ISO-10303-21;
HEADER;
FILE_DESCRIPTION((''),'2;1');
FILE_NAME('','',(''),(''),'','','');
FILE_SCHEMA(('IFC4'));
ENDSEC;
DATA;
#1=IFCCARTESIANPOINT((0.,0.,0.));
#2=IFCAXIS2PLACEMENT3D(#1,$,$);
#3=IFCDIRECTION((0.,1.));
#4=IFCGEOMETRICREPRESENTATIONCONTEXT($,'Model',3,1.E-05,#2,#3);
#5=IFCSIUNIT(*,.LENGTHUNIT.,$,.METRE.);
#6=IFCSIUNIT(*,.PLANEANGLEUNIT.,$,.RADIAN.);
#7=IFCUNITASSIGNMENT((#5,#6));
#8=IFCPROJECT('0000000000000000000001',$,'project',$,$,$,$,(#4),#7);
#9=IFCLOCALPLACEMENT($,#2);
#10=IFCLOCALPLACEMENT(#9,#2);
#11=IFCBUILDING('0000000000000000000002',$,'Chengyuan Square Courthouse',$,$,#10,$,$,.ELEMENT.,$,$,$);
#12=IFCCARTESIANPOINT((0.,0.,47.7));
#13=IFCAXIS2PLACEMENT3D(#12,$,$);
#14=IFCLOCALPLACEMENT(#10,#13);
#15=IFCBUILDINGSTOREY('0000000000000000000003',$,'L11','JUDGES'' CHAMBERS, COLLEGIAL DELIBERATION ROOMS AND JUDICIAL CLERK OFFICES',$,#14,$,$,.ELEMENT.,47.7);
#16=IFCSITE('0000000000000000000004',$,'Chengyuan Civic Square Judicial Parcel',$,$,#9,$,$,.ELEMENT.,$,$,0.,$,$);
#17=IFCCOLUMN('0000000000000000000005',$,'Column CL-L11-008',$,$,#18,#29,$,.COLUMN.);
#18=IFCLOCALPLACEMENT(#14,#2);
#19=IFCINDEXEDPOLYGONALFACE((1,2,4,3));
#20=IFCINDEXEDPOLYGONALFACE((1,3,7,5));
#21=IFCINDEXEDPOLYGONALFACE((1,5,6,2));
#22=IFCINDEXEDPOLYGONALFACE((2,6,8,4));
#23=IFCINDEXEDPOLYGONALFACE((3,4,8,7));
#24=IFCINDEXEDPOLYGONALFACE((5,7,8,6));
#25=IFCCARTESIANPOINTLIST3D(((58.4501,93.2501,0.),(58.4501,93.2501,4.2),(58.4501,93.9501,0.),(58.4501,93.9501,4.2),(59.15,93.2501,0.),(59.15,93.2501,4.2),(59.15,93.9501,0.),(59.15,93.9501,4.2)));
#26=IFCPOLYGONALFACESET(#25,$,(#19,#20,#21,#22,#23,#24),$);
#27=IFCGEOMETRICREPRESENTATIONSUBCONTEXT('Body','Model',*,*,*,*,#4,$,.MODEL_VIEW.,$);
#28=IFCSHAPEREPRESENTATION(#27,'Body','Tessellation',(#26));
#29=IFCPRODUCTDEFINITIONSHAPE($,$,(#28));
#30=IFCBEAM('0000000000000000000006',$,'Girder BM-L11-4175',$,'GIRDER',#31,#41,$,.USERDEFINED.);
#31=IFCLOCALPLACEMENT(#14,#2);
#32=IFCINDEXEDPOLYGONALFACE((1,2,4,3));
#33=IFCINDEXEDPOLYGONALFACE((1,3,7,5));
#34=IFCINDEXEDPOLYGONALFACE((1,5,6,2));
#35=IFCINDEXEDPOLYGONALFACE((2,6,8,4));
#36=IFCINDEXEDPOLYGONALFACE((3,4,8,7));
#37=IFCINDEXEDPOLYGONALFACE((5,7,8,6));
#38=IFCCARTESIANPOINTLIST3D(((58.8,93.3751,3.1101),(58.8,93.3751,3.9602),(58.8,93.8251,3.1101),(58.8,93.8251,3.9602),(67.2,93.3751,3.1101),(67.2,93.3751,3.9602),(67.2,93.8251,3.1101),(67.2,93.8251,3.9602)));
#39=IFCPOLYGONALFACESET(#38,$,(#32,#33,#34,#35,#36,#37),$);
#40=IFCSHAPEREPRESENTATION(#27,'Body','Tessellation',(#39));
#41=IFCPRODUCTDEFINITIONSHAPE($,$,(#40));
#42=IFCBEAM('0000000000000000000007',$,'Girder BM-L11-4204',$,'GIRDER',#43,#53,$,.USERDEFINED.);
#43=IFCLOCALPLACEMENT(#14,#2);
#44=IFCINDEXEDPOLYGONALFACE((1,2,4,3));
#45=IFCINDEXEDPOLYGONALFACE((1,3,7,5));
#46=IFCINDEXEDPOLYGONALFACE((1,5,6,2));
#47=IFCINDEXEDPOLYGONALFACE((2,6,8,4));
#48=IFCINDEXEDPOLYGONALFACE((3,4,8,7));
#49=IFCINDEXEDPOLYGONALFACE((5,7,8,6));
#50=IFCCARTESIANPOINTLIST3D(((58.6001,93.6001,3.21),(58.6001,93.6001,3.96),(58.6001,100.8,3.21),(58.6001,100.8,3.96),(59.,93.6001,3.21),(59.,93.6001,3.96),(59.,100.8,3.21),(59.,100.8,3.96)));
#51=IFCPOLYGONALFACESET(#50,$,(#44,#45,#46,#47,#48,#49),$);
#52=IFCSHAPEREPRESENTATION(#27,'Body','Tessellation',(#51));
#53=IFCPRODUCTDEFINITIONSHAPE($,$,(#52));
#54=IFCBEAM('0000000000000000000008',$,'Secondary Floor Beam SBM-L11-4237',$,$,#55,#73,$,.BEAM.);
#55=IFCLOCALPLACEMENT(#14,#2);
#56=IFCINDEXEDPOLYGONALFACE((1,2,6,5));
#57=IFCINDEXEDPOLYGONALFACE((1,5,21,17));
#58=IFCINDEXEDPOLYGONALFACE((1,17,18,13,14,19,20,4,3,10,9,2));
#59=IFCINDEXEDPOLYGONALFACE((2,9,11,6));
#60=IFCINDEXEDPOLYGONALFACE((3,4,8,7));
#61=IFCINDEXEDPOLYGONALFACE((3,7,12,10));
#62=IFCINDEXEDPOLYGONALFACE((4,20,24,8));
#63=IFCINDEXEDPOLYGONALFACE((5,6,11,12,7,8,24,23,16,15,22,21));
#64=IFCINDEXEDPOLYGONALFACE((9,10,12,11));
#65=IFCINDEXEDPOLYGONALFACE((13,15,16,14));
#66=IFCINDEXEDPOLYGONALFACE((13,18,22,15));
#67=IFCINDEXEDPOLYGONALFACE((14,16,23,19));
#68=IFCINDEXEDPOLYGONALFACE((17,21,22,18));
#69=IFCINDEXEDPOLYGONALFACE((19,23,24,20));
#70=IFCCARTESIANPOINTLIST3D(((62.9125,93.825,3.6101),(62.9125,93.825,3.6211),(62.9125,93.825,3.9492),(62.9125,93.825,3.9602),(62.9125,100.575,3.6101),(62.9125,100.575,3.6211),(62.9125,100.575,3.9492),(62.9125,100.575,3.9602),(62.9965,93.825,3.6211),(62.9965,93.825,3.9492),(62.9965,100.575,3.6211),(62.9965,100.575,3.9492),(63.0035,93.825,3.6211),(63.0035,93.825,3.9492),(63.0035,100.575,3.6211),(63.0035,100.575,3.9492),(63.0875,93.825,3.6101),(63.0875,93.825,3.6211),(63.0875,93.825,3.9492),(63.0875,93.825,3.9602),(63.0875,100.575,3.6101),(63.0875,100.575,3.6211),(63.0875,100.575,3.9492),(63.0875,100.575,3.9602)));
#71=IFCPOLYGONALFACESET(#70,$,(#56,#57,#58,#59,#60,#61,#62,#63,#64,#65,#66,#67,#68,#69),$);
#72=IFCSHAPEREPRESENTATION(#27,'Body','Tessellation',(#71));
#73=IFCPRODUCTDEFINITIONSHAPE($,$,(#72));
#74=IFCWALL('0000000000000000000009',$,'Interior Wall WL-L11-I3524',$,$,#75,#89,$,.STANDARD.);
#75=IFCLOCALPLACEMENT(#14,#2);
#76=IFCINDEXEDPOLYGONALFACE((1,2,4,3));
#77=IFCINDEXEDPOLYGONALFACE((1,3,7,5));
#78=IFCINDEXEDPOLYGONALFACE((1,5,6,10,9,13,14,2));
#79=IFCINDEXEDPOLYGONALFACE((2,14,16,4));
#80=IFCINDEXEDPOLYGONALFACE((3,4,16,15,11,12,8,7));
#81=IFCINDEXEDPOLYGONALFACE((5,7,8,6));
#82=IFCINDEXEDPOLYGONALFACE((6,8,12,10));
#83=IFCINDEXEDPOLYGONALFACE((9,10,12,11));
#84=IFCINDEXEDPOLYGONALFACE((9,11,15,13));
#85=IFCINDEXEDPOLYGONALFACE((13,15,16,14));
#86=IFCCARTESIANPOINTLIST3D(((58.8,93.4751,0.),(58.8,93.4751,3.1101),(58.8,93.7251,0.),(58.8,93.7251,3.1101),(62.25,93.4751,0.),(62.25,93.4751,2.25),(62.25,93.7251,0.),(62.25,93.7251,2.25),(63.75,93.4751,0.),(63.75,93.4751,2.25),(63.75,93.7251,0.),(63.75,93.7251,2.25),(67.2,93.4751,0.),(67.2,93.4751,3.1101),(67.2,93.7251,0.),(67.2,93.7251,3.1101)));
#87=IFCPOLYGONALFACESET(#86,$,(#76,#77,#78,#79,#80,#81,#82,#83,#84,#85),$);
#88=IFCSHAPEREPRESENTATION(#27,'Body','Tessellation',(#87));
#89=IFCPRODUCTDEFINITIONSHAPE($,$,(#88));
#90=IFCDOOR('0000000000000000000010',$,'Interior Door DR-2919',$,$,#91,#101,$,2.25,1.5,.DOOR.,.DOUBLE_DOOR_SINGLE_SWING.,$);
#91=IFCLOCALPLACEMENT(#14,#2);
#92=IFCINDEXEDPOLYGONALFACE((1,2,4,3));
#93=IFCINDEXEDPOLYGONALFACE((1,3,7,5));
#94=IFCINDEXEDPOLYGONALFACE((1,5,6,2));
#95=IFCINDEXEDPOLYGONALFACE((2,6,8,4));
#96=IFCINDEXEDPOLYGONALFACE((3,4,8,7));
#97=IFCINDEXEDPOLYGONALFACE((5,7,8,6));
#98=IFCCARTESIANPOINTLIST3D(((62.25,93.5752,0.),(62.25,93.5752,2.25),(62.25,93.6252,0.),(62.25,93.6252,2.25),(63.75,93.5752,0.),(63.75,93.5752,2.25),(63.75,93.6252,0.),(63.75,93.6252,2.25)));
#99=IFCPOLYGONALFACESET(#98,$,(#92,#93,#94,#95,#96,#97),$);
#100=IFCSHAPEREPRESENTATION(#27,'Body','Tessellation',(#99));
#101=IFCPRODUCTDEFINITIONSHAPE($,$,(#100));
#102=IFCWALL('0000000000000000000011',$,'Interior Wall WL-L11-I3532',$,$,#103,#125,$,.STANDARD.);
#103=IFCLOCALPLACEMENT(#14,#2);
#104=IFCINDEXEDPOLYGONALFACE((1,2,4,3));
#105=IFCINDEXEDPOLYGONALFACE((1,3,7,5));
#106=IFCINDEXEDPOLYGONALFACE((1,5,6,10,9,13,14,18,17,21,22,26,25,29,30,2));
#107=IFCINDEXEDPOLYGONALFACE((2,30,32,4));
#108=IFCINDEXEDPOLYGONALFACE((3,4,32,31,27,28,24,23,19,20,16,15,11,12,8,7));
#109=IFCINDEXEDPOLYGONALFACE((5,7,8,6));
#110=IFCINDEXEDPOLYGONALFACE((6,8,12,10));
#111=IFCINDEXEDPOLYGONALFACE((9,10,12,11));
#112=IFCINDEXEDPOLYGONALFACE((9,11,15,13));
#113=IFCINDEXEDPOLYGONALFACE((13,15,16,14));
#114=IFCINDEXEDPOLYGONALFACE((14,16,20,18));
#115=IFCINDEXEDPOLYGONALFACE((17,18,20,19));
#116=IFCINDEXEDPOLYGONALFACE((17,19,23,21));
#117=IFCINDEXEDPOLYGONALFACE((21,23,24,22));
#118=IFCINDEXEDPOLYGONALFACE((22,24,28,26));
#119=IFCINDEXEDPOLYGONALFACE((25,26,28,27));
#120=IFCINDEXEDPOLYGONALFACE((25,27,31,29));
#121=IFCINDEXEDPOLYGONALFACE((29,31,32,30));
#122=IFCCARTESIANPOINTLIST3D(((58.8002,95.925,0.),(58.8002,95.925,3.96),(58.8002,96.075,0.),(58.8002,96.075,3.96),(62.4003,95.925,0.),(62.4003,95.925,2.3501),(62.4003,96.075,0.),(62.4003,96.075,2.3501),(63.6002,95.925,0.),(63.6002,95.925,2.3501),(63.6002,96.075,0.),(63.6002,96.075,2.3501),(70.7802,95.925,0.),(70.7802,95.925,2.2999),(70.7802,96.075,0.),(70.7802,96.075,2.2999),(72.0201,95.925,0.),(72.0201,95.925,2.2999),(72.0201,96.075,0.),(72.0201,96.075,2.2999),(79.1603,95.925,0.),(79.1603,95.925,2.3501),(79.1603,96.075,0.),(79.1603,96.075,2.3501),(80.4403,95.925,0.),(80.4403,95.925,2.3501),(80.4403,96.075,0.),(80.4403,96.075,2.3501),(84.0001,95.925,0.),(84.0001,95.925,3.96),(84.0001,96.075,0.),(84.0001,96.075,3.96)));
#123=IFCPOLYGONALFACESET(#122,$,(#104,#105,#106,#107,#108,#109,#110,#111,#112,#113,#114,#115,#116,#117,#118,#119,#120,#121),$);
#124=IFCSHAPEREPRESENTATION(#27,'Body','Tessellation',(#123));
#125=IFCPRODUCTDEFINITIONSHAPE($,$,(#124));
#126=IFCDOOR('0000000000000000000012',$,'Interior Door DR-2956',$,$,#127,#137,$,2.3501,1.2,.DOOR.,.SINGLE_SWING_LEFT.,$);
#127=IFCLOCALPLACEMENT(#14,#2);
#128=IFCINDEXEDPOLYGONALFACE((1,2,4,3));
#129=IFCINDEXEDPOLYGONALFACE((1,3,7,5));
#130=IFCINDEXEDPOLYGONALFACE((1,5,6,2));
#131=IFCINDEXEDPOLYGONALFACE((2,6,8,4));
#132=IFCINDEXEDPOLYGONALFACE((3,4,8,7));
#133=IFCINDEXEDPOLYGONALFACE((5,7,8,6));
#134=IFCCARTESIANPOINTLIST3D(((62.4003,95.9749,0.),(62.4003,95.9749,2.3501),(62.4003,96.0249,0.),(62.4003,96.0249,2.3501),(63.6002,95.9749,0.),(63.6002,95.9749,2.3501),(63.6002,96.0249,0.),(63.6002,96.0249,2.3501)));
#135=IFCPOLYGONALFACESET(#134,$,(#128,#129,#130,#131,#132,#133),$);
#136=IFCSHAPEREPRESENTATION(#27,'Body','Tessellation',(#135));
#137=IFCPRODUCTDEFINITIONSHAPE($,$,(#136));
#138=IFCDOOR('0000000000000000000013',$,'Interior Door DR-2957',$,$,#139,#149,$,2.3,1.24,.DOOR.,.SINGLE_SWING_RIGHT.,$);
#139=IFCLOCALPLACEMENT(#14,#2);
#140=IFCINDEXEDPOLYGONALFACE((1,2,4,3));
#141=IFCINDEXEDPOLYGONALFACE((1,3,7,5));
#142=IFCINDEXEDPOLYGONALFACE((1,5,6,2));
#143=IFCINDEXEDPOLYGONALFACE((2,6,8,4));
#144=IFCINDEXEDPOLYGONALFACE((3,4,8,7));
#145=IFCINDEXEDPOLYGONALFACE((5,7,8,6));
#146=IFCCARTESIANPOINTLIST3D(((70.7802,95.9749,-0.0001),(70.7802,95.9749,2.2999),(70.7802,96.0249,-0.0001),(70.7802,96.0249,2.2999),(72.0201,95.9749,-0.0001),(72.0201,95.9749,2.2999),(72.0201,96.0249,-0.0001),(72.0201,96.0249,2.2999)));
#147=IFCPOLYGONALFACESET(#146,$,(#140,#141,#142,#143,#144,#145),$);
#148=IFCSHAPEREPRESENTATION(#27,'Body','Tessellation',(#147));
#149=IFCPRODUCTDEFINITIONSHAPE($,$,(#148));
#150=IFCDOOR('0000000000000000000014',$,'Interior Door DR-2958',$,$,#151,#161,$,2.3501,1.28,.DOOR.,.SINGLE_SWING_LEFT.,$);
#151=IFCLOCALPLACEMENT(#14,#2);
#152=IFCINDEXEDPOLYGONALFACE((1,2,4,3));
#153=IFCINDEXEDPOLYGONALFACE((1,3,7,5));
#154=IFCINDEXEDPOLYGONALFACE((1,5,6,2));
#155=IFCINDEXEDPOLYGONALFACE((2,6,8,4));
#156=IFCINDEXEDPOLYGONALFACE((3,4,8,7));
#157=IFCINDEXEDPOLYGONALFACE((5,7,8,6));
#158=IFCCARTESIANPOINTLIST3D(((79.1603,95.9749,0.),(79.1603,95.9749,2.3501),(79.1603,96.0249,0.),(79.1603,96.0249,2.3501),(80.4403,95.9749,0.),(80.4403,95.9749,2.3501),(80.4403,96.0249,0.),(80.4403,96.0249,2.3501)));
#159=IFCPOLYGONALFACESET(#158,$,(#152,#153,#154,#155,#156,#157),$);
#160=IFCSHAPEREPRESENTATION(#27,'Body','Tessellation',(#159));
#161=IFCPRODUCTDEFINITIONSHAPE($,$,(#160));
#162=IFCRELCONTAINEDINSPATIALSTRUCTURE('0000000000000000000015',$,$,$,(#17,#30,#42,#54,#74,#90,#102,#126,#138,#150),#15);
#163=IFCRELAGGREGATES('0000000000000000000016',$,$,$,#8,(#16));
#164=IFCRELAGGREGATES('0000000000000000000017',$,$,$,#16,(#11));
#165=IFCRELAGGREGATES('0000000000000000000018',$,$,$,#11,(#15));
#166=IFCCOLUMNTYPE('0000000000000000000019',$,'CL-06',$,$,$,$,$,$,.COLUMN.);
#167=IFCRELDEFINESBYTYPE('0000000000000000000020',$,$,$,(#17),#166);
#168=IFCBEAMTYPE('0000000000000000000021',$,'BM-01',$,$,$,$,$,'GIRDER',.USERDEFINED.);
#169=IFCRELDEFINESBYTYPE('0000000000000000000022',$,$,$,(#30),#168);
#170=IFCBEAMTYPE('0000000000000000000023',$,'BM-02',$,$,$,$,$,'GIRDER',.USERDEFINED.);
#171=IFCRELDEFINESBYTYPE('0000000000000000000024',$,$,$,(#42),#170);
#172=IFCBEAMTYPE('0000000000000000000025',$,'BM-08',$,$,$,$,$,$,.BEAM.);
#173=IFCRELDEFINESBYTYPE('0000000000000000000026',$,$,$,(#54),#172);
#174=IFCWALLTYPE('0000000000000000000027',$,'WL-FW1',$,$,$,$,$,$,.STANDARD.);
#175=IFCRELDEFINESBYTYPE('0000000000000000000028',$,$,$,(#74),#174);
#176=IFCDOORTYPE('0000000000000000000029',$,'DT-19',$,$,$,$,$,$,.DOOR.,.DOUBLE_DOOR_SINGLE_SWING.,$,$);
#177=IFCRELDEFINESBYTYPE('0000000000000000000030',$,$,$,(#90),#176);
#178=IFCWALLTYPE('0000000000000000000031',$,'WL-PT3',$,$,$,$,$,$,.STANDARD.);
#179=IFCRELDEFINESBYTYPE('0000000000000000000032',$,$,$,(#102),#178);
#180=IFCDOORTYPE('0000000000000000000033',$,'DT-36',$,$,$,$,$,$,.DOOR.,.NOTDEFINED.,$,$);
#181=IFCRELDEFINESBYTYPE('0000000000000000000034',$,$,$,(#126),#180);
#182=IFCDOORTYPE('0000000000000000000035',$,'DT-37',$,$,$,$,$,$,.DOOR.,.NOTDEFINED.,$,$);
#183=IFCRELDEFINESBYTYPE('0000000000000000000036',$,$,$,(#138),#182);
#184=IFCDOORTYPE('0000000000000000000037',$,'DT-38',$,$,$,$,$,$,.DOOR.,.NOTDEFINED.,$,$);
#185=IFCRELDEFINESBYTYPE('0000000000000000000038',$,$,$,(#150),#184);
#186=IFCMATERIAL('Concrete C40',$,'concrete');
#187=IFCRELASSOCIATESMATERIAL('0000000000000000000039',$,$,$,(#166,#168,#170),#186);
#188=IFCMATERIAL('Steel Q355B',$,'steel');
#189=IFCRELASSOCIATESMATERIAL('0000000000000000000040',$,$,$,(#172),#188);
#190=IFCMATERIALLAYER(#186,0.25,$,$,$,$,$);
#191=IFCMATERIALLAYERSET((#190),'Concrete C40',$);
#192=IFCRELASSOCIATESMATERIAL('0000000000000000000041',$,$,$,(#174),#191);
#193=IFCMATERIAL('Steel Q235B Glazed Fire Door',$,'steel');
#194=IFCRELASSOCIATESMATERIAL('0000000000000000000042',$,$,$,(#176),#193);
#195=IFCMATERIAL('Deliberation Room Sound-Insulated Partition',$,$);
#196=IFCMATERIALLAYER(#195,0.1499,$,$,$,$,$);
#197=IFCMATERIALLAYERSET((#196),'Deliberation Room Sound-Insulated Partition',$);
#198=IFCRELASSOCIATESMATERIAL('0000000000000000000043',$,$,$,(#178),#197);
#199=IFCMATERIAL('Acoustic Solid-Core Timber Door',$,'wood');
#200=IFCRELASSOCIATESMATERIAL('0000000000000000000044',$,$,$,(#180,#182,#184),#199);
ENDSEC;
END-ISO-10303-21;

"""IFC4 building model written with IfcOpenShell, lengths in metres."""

from ifc_helpers import new_model, si_unit, direction, frame, frame_2d, origin, origin_2d, place, context, subcontext, project, spatial, rectangle, i_section, extrude, material, layer, layer_set, material_profile, profile_set, type_object, element, fill, save


model = new_model("IFC4")

# Units and contexts
model_context = context("Model", 3, precision=1e-05, world=origin(), true_north=direction((0.0, 1.0)))
body_context = subcontext(model_context, "Body", "Model", "MODEL_VIEW")
ifc_project = project(units=[si_unit("LENGTHUNIT", "METRE"), si_unit("PLANEANGLEUNIT", "RADIAN")], contexts=[model_context])

# Site, building, storey
site_placement = place(None, origin())
site = spatial("IfcSite", under=ifc_project, at=site_placement, Name="Chengyuan Civic Square Judicial Parcel", CompositionType="ELEMENT", RefElevation=0.0)
building_placement = place(site_placement, origin())
building = spatial("IfcBuilding", under=site, at=building_placement, Name="Chengyuan Square Courthouse", CompositionType="ELEMENT")
storey_placement = place(building_placement, frame((0.0, 0.0, 47.7)))
storey = spatial("IfcBuildingStorey", under=building, at=storey_placement, Name="L11", Description="JUDGES' CHAMBERS, COLLEGIAL DELIBERATION ROOMS AND JUDICIAL CLERK OFFICES", CompositionType="ELEMENT", Elevation=47.7)

# Column
ifc_material_1 = material(Name="Concrete C40", Category="concrete")
ifc_material_profile_1 = material_profile(ifc_material_1, rectangle(XDim=0.7, YDim=0.7, at=origin_2d()), Name="RC-COL-700x700")
ifc_profile_set_1 = profile_set([ifc_material_profile_1], Name="Concrete C40")
column_type = type_object("IfcColumnType", Name="CL-06", PredefinedType="COLUMN", material=ifc_profile_set_1)
column_placement = place(storey_placement, frame((58.8, 93.6001, 0.0), z_axis=(0.0, 0.0, 1.0), x_axis=(1.0, 0.0, 0.0)))
element("IfcColumn", 1, at=column_placement, inside=storey, type_object=column_type, Name="Column CL-L11-008", PredefinedType="COLUMN", context=body_context, shape_type="SweptSolid", body=[
    extrude(rectangle(XDim=0.7, YDim=0.7, at=origin_2d()), origin(), (0.0, 0.0, 1.0), 4.2),
])

# Beams
ifc_material_profile_2 = material_profile(ifc_material_1, rectangle(XDim=0.45, YDim=0.8501, at=origin_2d()), Name="RC-BM-450x850")
ifc_profile_set_2 = profile_set([ifc_material_profile_2], Name="Concrete C40")
beam_type_1 = type_object("IfcBeamType", Name="BM-01", ElementType="GIRDER", PredefinedType="USERDEFINED", material=ifc_profile_set_2)
beam_1_placement = place(storey_placement, frame((58.8, 93.6001, 3.5352), z_axis=(1.0, 0.0, 0.0), x_axis=(0.0, 1.0, 0.0)))
element("IfcBeam", 2, at=beam_1_placement, inside=storey, type_object=beam_type_1, Name="Girder BM-L11-4175", ObjectType="GIRDER", PredefinedType="USERDEFINED", context=body_context, shape_type="SweptSolid", body=[
    extrude(rectangle(XDim=0.45, YDim=0.8501, at=origin_2d()), origin(), (0.0, 0.0, 1.0), 8.3999),
])
ifc_material_profile_3 = material_profile(ifc_material_1, rectangle(XDim=0.3999, YDim=0.75, at=origin_2d()), Name="RC-BM-400x750")
ifc_profile_set_3 = profile_set([ifc_material_profile_3], Name="Concrete C40")
beam_type_2 = type_object("IfcBeamType", Name="BM-02", ElementType="GIRDER", PredefinedType="USERDEFINED", material=ifc_profile_set_3)
beam_2_placement = place(storey_placement, frame((58.8, 93.6001, 3.585), z_axis=(0.0, 1.0, 0.0), x_axis=(-1.0, 0.0, 0.0)))
element("IfcBeam", 3, at=beam_2_placement, inside=storey, type_object=beam_type_2, Name="Girder BM-L11-4204", ObjectType="GIRDER", PredefinedType="USERDEFINED", context=body_context, shape_type="SweptSolid", body=[
    extrude(rectangle(XDim=0.3999, YDim=0.75, at=origin_2d()), origin(), (0.0, 0.0, 1.0), 7.2),
])
ifc_material_2 = material(Name="Steel Q355B", Category="steel")
ifc_material_profile_4 = material_profile(ifc_material_2, i_section(OverallWidth=0.175, OverallDepth=0.3501, WebThickness=0.0071, FlangeThickness=0.011, at=origin_2d()), Name="HN 350x175x7x11")
ifc_profile_set_4 = profile_set([ifc_material_profile_4], Name="Steel Q355B")
beam_type_3 = type_object("IfcBeamType", Name="BM-08", PredefinedType="BEAM", material=ifc_profile_set_4)
beam_3_placement = place(storey_placement, frame((63.0, 93.825, 3.7852), z_axis=(0.0, 1.0, 0.0), x_axis=(-1.0, 0.0, 0.0)))
element("IfcBeam", 4, at=beam_3_placement, inside=storey, type_object=beam_type_3, Name="Secondary Floor Beam SBM-L11-4237", PredefinedType="BEAM", context=body_context, shape_type="SweptSolid", body=[
    extrude(i_section(OverallWidth=0.175, OverallDepth=0.3501, WebThickness=0.0071, FlangeThickness=0.011, at=origin_2d()), origin(), (0.0, 0.0, 1.0), 6.75),
])

# Wall, opening, door
ifc_layer_1 = layer(ifc_material_1, 0.25)
ifc_layer_set_1 = layer_set([ifc_layer_1], Name="Concrete C40")
wall_type_1 = type_object("IfcWallType", Name="WL-FW1", PredefinedType="STANDARD", material=ifc_layer_set_1)
wall_1_placement = place(storey_placement, frame((58.8, 93.6001, 0.0), z_axis=(0.0, 0.0, 1.0), x_axis=(1.0, 0.0, 0.0)))
wall_1 = element("IfcWall", 5, at=wall_1_placement, inside=storey, type_object=wall_type_1, Name="Interior Wall WL-L11-I3524", PredefinedType="STANDARD", context=body_context, shape_type="SweptSolid", body=[
    extrude(rectangle(XDim=8.3999, YDim=0.25, at=frame_2d((4.2, 0.0))), origin(), (0.0, 0.0, 1.0), 3.1101),
])
opening_1_placement = place(wall_1_placement, frame((3.45, 0.0, 0.0)))
opening_1 = element("IfcOpeningElement", 6, at=opening_1_placement, cuts=wall_1, PredefinedType="OPENING", context=body_context, shape_type="SweptSolid", body=[
    extrude(rectangle(XDim=1.5, YDim=2.25, at=frame_2d((0.75, 1.125))), frame((0.0, 0.137, 0.0), z_axis=(0.0, -1.0, 0.0), x_axis=(1.0, 0.0, 0.0)), (0.0, 0.0, 1.0), 0.2739),
])
ifc_material_3 = material(Name="Steel Q235B Glazed Fire Door", Category="steel")
door_type_1 = type_object("IfcDoorType", Name="DT-19", OperationType="DOUBLE_DOOR_SINGLE_SWING", PredefinedType="DOOR", material=ifc_material_3)
door_1_placement = place(opening_1_placement, frame((1.5, 0.0, 0.0), z_axis=(0.0, 0.0, 1.0), x_axis=(-1.0, 0.0, 0.0)))
door_1 = element("IfcDoor", 7, at=door_1_placement, inside=storey, type_object=door_type_1, Name="Interior Door DR-2919", OperationType="DOUBLE_DOOR_SINGLE_SWING", OverallHeight=2.25, OverallWidth=1.5, PredefinedType="DOOR", context=body_context, shape_type="SweptSolid", body=[
    extrude(rectangle(XDim=1.5, YDim=2.25, at=frame_2d((0.75, 1.125))), frame((0.0, 0.0249, 0.0), z_axis=(0.0, -1.0, 0.0), x_axis=(1.0, 0.0, 0.0)), (0.0, 0.0, 1.0), 0.05),
])
fill(opening_1, door_1)

# Wall, openings, doors
ifc_material_4 = material(Name="Deliberation Room Sound-Insulated Partition")
ifc_layer_2 = layer(ifc_material_4, 0.1499)
ifc_layer_set_2 = layer_set([ifc_layer_2], Name="Deliberation Room Sound-Insulated Partition")
wall_type_2 = type_object("IfcWallType", Name="WL-PT3", PredefinedType="STANDARD", material=ifc_layer_set_2)
wall_2_placement = place(storey_placement, frame((58.8, 96.0, 0.0), z_axis=(0.0, 0.0, 1.0), x_axis=(1.0, 0.0, 0.0)))
wall_2 = element("IfcWall", 8, at=wall_2_placement, inside=storey, type_object=wall_type_2, Name="Interior Wall WL-L11-I3532", PredefinedType="STANDARD", context=body_context, shape_type="SweptSolid", body=[
    extrude(rectangle(XDim=25.2, YDim=0.1499, at=frame_2d((12.6001, 0.0))), origin(), (0.0, 0.0, 1.0), 3.96),
])
opening_2_placement = place(wall_2_placement, frame((3.6001, 0.0, 0.0)))
opening_2 = element("IfcOpeningElement", 9, at=opening_2_placement, cuts=wall_2, PredefinedType="OPENING", context=body_context, shape_type="SweptSolid", body=[
    extrude(rectangle(XDim=1.2, YDim=2.3501, at=frame_2d((0.6001, 1.175))), frame((0.0, 0.0869, 0.0), z_axis=(0.0, -1.0, 0.0), x_axis=(1.0, 0.0, 0.0)), (0.0, 0.0, 1.0), 0.1738),
])
opening_3_placement = place(wall_2_placement, frame((11.98, 0.0, 0.0)))
opening_3 = element("IfcOpeningElement", 10, at=opening_3_placement, cuts=wall_2, PredefinedType="OPENING", context=body_context, shape_type="SweptSolid", body=[
    extrude(rectangle(XDim=1.24, YDim=2.3, at=frame_2d((0.6201, 1.1499))), frame((0.0, 0.0869, 0.0), z_axis=(0.0, -1.0, 0.0), x_axis=(1.0, 0.0, 0.0)), (0.0, 0.0, 1.0), 0.1738),
])
opening_4_placement = place(wall_2_placement, frame((20.3601, 0.0, 0.0)))
opening_4 = element("IfcOpeningElement", 11, at=opening_4_placement, cuts=wall_2, PredefinedType="OPENING", context=body_context, shape_type="SweptSolid", body=[
    extrude(rectangle(XDim=1.28, YDim=2.3501, at=frame_2d((0.6401, 1.175))), frame((0.0, 0.0869, 0.0), z_axis=(0.0, -1.0, 0.0), x_axis=(1.0, 0.0, 0.0)), (0.0, 0.0, 1.0), 0.1738),
])
ifc_material_5 = material(Name="Acoustic Solid-Core Timber Door", Category="wood")
door_type_2 = type_object("IfcDoorType", Name="DT-36", OperationType="NOTDEFINED", PredefinedType="DOOR", material=ifc_material_5)
door_2_placement = place(opening_2_placement, origin())
door_2 = element("IfcDoor", 12, at=door_2_placement, inside=storey, type_object=door_type_2, Name="Interior Door DR-2956", OperationType="SINGLE_SWING_LEFT", OverallHeight=2.3501, OverallWidth=1.2, PredefinedType="DOOR", context=body_context, shape_type="SweptSolid", body=[
    extrude(rectangle(XDim=1.2, YDim=2.3501, at=frame_2d((0.6001, 1.175))), frame((0.0, 0.0249, 0.0), z_axis=(0.0, -1.0, 0.0), x_axis=(1.0, 0.0, 0.0)), (0.0, 0.0, 1.0), 0.05),
])
fill(opening_2, door_2)
door_type_3 = type_object("IfcDoorType", Name="DT-37", OperationType="NOTDEFINED", PredefinedType="DOOR", material=ifc_material_5)
door_3_placement = place(opening_3_placement, origin())
door_3 = element("IfcDoor", 13, at=door_3_placement, inside=storey, type_object=door_type_3, Name="Interior Door DR-2957", OperationType="SINGLE_SWING_RIGHT", OverallHeight=2.3, OverallWidth=1.24, PredefinedType="DOOR", context=body_context, shape_type="SweptSolid", body=[
    extrude(rectangle(XDim=1.24, YDim=2.3, at=frame_2d((0.6201, 1.1499))), frame((0.0, 0.0249, 0.0), z_axis=(0.0, -1.0, 0.0), x_axis=(1.0, 0.0, 0.0)), (0.0, 0.0, 1.0), 0.05),
])
fill(opening_3, door_3)
door_type_4 = type_object("IfcDoorType", Name="DT-38", OperationType="NOTDEFINED", PredefinedType="DOOR", material=ifc_material_5)
door_4_placement = place(opening_4_placement, origin())
door_4 = element("IfcDoor", 14, at=door_4_placement, inside=storey, type_object=door_type_4, Name="Interior Door DR-2958", OperationType="SINGLE_SWING_LEFT", OverallHeight=2.3501, OverallWidth=1.28, PredefinedType="DOOR", context=body_context, shape_type="SweptSolid", body=[
    extrude(rectangle(XDim=1.28, YDim=2.3501, at=frame_2d((0.6401, 1.175))), frame((0.0, 0.0249, 0.0), z_axis=(0.0, -1.0, 0.0), x_axis=(1.0, 0.0, 0.0)), (0.0, 0.0, 1.0), 0.05),
])
fill(opening_4, door_4)

save(model, "model.ifc")
